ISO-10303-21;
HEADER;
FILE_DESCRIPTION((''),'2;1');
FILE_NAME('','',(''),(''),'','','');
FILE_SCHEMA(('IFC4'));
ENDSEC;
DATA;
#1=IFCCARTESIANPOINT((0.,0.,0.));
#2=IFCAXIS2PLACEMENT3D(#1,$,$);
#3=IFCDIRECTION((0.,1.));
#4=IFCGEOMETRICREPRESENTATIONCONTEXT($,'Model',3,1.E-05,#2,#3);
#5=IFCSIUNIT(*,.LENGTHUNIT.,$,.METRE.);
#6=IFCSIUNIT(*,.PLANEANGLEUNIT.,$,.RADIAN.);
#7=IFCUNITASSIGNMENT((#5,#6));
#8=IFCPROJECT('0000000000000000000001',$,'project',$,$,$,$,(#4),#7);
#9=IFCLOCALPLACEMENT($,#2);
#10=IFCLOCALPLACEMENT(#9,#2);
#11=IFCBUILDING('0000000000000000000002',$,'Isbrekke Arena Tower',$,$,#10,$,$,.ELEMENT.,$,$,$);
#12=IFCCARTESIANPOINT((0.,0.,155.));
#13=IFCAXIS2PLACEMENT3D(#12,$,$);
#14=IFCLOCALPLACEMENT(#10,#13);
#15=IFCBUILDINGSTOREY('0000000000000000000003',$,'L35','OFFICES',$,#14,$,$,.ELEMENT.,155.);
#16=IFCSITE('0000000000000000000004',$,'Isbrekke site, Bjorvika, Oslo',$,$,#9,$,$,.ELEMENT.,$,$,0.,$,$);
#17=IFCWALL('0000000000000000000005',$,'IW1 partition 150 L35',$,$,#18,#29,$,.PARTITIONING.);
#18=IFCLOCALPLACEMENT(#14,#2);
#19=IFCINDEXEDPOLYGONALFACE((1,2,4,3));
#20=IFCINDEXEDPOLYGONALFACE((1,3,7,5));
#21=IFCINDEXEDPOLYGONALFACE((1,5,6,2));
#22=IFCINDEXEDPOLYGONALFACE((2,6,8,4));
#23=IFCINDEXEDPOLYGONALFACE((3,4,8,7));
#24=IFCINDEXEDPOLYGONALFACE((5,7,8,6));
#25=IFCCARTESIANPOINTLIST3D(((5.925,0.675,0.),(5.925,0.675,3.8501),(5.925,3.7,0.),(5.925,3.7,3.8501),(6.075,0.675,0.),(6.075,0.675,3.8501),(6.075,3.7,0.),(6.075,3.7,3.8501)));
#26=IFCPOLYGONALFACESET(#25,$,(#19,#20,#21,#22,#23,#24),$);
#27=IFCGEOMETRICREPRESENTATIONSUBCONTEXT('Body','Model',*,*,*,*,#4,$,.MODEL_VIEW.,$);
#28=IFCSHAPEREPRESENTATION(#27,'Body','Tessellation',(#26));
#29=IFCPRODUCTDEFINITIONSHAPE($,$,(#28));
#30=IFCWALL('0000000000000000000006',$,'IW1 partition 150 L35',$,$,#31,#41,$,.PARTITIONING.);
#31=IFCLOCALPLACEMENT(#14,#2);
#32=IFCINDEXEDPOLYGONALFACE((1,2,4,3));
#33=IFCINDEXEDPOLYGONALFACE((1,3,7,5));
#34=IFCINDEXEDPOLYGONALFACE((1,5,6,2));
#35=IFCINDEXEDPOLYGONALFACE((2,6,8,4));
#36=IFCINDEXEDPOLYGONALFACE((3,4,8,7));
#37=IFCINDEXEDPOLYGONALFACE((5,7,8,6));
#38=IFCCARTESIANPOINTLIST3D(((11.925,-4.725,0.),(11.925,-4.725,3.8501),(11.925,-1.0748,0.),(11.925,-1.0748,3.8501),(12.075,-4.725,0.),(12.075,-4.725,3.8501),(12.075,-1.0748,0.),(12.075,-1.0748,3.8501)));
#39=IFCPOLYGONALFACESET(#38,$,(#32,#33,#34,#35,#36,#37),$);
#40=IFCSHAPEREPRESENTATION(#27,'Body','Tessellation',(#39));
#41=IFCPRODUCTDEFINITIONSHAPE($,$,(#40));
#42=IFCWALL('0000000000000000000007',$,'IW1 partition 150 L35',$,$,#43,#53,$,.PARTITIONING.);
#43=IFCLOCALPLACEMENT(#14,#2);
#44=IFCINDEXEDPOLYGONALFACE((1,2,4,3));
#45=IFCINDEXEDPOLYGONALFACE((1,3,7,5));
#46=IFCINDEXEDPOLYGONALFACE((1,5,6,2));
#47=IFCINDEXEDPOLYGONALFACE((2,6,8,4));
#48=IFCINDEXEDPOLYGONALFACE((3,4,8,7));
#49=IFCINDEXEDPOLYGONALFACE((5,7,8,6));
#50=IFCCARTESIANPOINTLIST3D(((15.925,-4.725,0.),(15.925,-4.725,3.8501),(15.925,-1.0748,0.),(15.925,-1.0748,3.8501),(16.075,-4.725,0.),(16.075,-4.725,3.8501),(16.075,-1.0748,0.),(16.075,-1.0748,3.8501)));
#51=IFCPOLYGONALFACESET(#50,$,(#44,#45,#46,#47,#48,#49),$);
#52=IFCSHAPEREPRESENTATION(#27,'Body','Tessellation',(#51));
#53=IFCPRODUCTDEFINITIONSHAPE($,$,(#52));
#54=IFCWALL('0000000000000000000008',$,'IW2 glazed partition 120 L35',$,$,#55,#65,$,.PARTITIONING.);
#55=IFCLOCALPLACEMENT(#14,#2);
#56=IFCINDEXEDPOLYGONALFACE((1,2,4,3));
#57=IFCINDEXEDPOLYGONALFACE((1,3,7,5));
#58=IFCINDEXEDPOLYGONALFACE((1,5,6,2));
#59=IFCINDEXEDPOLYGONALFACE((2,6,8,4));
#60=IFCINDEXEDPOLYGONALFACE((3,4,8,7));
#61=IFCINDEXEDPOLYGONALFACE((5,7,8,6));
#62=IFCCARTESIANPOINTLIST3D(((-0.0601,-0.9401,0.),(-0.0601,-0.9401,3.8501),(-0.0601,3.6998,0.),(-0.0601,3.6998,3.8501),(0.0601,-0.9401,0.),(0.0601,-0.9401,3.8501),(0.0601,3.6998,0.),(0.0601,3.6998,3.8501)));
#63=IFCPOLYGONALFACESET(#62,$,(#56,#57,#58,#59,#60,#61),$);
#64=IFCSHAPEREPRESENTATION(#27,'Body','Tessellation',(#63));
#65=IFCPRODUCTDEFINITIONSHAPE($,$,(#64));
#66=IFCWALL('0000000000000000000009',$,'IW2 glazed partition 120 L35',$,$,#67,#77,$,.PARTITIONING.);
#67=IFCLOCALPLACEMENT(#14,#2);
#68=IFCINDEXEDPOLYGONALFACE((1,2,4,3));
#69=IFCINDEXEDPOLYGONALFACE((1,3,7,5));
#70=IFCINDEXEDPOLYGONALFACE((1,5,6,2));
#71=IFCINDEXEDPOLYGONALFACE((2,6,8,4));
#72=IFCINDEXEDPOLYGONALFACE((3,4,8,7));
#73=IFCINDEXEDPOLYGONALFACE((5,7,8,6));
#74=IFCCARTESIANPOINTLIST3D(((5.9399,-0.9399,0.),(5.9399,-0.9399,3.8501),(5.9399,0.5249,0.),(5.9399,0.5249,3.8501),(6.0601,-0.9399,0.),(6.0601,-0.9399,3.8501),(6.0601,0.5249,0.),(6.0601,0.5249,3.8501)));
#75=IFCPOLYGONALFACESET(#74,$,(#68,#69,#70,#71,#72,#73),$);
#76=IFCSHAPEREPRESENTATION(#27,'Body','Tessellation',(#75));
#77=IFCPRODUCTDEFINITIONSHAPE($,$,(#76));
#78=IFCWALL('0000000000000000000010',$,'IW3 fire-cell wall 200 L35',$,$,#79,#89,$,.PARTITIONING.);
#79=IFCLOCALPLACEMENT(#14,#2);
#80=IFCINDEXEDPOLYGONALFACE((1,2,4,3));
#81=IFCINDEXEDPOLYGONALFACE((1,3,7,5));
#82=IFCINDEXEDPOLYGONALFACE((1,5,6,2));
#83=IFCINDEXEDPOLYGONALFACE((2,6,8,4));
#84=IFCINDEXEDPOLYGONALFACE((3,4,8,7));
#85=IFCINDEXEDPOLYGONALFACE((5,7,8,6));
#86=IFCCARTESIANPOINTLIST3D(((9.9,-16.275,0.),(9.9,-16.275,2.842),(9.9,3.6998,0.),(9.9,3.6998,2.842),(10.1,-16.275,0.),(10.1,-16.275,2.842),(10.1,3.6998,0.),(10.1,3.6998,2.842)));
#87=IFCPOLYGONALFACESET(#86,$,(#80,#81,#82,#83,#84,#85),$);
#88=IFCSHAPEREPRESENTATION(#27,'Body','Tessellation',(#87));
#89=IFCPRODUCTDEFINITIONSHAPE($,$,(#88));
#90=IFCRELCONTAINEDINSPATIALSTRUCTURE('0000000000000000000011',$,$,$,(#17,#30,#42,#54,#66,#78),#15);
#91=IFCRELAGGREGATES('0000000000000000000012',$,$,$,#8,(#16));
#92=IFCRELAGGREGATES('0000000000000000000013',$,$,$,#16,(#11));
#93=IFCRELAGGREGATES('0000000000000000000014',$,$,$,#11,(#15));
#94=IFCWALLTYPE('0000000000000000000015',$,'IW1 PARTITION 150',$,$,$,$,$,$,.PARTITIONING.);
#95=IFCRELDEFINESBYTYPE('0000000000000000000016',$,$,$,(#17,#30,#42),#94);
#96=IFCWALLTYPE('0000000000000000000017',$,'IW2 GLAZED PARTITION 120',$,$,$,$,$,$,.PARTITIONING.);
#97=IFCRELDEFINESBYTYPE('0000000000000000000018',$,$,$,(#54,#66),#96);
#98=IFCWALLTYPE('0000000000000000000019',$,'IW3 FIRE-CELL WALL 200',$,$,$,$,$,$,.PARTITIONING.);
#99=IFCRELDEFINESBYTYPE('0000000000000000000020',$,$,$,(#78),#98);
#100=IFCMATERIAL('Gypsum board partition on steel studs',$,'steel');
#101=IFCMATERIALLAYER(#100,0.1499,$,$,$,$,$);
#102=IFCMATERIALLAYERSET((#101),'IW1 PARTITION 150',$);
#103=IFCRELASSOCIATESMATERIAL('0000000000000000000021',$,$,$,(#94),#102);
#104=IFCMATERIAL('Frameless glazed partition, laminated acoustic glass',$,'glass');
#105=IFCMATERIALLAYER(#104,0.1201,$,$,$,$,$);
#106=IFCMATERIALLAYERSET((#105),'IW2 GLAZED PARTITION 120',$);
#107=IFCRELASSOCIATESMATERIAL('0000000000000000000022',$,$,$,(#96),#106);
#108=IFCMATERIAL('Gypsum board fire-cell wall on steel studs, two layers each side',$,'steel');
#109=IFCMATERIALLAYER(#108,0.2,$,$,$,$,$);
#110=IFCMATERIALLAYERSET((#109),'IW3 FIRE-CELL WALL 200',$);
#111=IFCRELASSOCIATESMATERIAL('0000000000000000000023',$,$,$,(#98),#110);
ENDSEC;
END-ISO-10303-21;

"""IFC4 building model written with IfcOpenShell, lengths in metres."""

from ifc_helpers import new_model, si_unit, direction, frame, frame_2d, origin, place, context, subcontext, project, spatial, rectangle, extrude, material, layer, layer_set, type_object, element, save


model = new_model("IFC4")

# Units and contexts
model_context = context("Model", 3, precision=1e-05, world=origin(), true_north=direction((0.0, 1.0)))
body_context = subcontext(model_context, "Body", "Model", "MODEL_VIEW")
ifc_project = project(units=[si_unit("LENGTHUNIT", "METRE"), si_unit("PLANEANGLEUNIT", "RADIAN")], contexts=[model_context])

# Site, building, storey
site_placement = place(None, origin())
site = spatial("IfcSite", under=ifc_project, at=site_placement, Name="Isbrekke site, Bjorvika, Oslo", CompositionType="ELEMENT", RefElevation=0.0)
building_placement = place(site_placement, origin())
building = spatial("IfcBuilding", under=site, at=building_placement, Name="Isbrekke Arena Tower", CompositionType="ELEMENT")
storey_placement = place(building_placement, frame((0.0, 0.0, 155.0)))
storey = spatial("IfcBuildingStorey", under=building, at=storey_placement, Name="L35", Description="OFFICES", CompositionType="ELEMENT", Elevation=155.0)

# Shared definitions
ifc_material_1 = material(Name="Gypsum board partition on steel studs", Category="steel")
ifc_layer_1 = layer(ifc_material_1, 0.1499)
ifc_layer_set_1 = layer_set([ifc_layer_1], Name="IW1 PARTITION 150")
wall_type_1 = type_object("IfcWallType", Name="IW1 PARTITION 150", PredefinedType="PARTITIONING", material=ifc_layer_set_1)

# Walls
wall_1_placement = place(storey_placement, frame((6.0, 0.675, 0.0), z_axis=(0.0, 0.0, 1.0), x_axis=(0.0, 1.0, 0.0)))
element("IfcWall", 1, at=wall_1_placement, inside=storey, type_object=wall_type_1, Name="IW1 partition 150 L35", PredefinedType="PARTITIONING", context=body_context, shape_type="SweptSolid", body=[
    extrude(rectangle(XDim=3.0249, YDim=0.1499, at=frame_2d((1.5125, 0.0))), origin(), (0.0, 0.0, 1.0), 3.8501),
])
for number, where, z_axis, x_axis, name in (
    (2, (12.0, -4.7251, 0.0), (0.0, 0.0, 1.0), (0.0, 1.0, 0.0), "IW1 partition 150 L35"),
    (3, (16.0, -4.7251, 0.0), (0.0, 0.0, 1.0), (0.0, 1.0, 0.0), "IW1 partition 150 L35"),
):
    element("IfcWall", number, at=place(storey_placement, frame(where, z_axis=z_axis, x_axis=x_axis)), inside=storey, type_object=wall_type_1, Name=name, PredefinedType="PARTITIONING", context=body_context, shape_type="SweptSolid", body=[
        extrude(rectangle(XDim=3.6501, YDim=0.1499, at=frame_2d((1.8252, 0.0))), origin(), (0.0, 0.0, 1.0), 3.8501),
    ])
ifc_material_2 = material(Name="Frameless glazed partition, laminated acoustic glass", Category="glass")
ifc_layer_2 = layer(ifc_material_2, 0.1201)
ifc_layer_set_2 = layer_set([ifc_layer_2], Name="IW2 GLAZED PARTITION 120")
wall_type_2 = type_object("IfcWallType", Name="IW2 GLAZED PARTITION 120", PredefinedType="PARTITIONING", material=ifc_layer_set_2)
wall_2_placement = place(storey_placement, frame((0.0, -0.9399, 0.0), z_axis=(0.0, 0.0, 1.0), x_axis=(0.0, 1.0, 0.0)))
element("IfcWall", 4, at=wall_2_placement, inside=storey, type_object=wall_type_2, Name="IW2 glazed partition 120 L35", PredefinedType="PARTITIONING", context=body_context, shape_type="SweptSolid", body=[
    extrude(rectangle(XDim=4.6399, YDim=0.1201, at=frame_2d((2.3198, 0.0))), origin(), (0.0, 0.0, 1.0), 3.8501),
])
wall_3_placement = place(storey_placement, frame((6.0, -0.9399, 0.0), z_axis=(0.0, 0.0, 1.0), x_axis=(0.0, 1.0, 0.0)))
element("IfcWall", 5, at=wall_3_placement, inside=storey, type_object=wall_type_2, Name="IW2 glazed partition 120 L35", PredefinedType="PARTITIONING", context=body_context, shape_type="SweptSolid", body=[
    extrude(rectangle(XDim=1.4648, YDim=0.1201, at=frame_2d((0.7324, 0.0))), origin(), (0.0, 0.0, 1.0), 3.8501),
])
ifc_material_3 = material(Name="Gypsum board fire-cell wall on steel studs, two layers each side", Category="steel")
ifc_layer_3 = layer(ifc_material_3, 0.2)
ifc_layer_set_3 = layer_set([ifc_layer_3], Name="IW3 FIRE-CELL WALL 200")
wall_type_3 = type_object("IfcWallType", Name="IW3 FIRE-CELL WALL 200", PredefinedType="PARTITIONING", material=ifc_layer_set_3)
wall_4_placement = place(storey_placement, frame((10.0, -16.2749, 0.0), z_axis=(0.0, 0.0, 1.0), x_axis=(0.0, 1.0, 0.0)))
element("IfcWall", 6, at=wall_4_placement, inside=storey, type_object=wall_type_3, Name="IW3 fire-cell wall 200 L35", PredefinedType="PARTITIONING", context=body_context, shape_type="SweptSolid", body=[
    extrude(rectangle(XDim=19.9749, YDim=0.2, at=frame_2d((9.9873, 0.0))), origin(), (0.0, 0.0, 1.0), 2.842),
])

save(model, "model.ifc")
